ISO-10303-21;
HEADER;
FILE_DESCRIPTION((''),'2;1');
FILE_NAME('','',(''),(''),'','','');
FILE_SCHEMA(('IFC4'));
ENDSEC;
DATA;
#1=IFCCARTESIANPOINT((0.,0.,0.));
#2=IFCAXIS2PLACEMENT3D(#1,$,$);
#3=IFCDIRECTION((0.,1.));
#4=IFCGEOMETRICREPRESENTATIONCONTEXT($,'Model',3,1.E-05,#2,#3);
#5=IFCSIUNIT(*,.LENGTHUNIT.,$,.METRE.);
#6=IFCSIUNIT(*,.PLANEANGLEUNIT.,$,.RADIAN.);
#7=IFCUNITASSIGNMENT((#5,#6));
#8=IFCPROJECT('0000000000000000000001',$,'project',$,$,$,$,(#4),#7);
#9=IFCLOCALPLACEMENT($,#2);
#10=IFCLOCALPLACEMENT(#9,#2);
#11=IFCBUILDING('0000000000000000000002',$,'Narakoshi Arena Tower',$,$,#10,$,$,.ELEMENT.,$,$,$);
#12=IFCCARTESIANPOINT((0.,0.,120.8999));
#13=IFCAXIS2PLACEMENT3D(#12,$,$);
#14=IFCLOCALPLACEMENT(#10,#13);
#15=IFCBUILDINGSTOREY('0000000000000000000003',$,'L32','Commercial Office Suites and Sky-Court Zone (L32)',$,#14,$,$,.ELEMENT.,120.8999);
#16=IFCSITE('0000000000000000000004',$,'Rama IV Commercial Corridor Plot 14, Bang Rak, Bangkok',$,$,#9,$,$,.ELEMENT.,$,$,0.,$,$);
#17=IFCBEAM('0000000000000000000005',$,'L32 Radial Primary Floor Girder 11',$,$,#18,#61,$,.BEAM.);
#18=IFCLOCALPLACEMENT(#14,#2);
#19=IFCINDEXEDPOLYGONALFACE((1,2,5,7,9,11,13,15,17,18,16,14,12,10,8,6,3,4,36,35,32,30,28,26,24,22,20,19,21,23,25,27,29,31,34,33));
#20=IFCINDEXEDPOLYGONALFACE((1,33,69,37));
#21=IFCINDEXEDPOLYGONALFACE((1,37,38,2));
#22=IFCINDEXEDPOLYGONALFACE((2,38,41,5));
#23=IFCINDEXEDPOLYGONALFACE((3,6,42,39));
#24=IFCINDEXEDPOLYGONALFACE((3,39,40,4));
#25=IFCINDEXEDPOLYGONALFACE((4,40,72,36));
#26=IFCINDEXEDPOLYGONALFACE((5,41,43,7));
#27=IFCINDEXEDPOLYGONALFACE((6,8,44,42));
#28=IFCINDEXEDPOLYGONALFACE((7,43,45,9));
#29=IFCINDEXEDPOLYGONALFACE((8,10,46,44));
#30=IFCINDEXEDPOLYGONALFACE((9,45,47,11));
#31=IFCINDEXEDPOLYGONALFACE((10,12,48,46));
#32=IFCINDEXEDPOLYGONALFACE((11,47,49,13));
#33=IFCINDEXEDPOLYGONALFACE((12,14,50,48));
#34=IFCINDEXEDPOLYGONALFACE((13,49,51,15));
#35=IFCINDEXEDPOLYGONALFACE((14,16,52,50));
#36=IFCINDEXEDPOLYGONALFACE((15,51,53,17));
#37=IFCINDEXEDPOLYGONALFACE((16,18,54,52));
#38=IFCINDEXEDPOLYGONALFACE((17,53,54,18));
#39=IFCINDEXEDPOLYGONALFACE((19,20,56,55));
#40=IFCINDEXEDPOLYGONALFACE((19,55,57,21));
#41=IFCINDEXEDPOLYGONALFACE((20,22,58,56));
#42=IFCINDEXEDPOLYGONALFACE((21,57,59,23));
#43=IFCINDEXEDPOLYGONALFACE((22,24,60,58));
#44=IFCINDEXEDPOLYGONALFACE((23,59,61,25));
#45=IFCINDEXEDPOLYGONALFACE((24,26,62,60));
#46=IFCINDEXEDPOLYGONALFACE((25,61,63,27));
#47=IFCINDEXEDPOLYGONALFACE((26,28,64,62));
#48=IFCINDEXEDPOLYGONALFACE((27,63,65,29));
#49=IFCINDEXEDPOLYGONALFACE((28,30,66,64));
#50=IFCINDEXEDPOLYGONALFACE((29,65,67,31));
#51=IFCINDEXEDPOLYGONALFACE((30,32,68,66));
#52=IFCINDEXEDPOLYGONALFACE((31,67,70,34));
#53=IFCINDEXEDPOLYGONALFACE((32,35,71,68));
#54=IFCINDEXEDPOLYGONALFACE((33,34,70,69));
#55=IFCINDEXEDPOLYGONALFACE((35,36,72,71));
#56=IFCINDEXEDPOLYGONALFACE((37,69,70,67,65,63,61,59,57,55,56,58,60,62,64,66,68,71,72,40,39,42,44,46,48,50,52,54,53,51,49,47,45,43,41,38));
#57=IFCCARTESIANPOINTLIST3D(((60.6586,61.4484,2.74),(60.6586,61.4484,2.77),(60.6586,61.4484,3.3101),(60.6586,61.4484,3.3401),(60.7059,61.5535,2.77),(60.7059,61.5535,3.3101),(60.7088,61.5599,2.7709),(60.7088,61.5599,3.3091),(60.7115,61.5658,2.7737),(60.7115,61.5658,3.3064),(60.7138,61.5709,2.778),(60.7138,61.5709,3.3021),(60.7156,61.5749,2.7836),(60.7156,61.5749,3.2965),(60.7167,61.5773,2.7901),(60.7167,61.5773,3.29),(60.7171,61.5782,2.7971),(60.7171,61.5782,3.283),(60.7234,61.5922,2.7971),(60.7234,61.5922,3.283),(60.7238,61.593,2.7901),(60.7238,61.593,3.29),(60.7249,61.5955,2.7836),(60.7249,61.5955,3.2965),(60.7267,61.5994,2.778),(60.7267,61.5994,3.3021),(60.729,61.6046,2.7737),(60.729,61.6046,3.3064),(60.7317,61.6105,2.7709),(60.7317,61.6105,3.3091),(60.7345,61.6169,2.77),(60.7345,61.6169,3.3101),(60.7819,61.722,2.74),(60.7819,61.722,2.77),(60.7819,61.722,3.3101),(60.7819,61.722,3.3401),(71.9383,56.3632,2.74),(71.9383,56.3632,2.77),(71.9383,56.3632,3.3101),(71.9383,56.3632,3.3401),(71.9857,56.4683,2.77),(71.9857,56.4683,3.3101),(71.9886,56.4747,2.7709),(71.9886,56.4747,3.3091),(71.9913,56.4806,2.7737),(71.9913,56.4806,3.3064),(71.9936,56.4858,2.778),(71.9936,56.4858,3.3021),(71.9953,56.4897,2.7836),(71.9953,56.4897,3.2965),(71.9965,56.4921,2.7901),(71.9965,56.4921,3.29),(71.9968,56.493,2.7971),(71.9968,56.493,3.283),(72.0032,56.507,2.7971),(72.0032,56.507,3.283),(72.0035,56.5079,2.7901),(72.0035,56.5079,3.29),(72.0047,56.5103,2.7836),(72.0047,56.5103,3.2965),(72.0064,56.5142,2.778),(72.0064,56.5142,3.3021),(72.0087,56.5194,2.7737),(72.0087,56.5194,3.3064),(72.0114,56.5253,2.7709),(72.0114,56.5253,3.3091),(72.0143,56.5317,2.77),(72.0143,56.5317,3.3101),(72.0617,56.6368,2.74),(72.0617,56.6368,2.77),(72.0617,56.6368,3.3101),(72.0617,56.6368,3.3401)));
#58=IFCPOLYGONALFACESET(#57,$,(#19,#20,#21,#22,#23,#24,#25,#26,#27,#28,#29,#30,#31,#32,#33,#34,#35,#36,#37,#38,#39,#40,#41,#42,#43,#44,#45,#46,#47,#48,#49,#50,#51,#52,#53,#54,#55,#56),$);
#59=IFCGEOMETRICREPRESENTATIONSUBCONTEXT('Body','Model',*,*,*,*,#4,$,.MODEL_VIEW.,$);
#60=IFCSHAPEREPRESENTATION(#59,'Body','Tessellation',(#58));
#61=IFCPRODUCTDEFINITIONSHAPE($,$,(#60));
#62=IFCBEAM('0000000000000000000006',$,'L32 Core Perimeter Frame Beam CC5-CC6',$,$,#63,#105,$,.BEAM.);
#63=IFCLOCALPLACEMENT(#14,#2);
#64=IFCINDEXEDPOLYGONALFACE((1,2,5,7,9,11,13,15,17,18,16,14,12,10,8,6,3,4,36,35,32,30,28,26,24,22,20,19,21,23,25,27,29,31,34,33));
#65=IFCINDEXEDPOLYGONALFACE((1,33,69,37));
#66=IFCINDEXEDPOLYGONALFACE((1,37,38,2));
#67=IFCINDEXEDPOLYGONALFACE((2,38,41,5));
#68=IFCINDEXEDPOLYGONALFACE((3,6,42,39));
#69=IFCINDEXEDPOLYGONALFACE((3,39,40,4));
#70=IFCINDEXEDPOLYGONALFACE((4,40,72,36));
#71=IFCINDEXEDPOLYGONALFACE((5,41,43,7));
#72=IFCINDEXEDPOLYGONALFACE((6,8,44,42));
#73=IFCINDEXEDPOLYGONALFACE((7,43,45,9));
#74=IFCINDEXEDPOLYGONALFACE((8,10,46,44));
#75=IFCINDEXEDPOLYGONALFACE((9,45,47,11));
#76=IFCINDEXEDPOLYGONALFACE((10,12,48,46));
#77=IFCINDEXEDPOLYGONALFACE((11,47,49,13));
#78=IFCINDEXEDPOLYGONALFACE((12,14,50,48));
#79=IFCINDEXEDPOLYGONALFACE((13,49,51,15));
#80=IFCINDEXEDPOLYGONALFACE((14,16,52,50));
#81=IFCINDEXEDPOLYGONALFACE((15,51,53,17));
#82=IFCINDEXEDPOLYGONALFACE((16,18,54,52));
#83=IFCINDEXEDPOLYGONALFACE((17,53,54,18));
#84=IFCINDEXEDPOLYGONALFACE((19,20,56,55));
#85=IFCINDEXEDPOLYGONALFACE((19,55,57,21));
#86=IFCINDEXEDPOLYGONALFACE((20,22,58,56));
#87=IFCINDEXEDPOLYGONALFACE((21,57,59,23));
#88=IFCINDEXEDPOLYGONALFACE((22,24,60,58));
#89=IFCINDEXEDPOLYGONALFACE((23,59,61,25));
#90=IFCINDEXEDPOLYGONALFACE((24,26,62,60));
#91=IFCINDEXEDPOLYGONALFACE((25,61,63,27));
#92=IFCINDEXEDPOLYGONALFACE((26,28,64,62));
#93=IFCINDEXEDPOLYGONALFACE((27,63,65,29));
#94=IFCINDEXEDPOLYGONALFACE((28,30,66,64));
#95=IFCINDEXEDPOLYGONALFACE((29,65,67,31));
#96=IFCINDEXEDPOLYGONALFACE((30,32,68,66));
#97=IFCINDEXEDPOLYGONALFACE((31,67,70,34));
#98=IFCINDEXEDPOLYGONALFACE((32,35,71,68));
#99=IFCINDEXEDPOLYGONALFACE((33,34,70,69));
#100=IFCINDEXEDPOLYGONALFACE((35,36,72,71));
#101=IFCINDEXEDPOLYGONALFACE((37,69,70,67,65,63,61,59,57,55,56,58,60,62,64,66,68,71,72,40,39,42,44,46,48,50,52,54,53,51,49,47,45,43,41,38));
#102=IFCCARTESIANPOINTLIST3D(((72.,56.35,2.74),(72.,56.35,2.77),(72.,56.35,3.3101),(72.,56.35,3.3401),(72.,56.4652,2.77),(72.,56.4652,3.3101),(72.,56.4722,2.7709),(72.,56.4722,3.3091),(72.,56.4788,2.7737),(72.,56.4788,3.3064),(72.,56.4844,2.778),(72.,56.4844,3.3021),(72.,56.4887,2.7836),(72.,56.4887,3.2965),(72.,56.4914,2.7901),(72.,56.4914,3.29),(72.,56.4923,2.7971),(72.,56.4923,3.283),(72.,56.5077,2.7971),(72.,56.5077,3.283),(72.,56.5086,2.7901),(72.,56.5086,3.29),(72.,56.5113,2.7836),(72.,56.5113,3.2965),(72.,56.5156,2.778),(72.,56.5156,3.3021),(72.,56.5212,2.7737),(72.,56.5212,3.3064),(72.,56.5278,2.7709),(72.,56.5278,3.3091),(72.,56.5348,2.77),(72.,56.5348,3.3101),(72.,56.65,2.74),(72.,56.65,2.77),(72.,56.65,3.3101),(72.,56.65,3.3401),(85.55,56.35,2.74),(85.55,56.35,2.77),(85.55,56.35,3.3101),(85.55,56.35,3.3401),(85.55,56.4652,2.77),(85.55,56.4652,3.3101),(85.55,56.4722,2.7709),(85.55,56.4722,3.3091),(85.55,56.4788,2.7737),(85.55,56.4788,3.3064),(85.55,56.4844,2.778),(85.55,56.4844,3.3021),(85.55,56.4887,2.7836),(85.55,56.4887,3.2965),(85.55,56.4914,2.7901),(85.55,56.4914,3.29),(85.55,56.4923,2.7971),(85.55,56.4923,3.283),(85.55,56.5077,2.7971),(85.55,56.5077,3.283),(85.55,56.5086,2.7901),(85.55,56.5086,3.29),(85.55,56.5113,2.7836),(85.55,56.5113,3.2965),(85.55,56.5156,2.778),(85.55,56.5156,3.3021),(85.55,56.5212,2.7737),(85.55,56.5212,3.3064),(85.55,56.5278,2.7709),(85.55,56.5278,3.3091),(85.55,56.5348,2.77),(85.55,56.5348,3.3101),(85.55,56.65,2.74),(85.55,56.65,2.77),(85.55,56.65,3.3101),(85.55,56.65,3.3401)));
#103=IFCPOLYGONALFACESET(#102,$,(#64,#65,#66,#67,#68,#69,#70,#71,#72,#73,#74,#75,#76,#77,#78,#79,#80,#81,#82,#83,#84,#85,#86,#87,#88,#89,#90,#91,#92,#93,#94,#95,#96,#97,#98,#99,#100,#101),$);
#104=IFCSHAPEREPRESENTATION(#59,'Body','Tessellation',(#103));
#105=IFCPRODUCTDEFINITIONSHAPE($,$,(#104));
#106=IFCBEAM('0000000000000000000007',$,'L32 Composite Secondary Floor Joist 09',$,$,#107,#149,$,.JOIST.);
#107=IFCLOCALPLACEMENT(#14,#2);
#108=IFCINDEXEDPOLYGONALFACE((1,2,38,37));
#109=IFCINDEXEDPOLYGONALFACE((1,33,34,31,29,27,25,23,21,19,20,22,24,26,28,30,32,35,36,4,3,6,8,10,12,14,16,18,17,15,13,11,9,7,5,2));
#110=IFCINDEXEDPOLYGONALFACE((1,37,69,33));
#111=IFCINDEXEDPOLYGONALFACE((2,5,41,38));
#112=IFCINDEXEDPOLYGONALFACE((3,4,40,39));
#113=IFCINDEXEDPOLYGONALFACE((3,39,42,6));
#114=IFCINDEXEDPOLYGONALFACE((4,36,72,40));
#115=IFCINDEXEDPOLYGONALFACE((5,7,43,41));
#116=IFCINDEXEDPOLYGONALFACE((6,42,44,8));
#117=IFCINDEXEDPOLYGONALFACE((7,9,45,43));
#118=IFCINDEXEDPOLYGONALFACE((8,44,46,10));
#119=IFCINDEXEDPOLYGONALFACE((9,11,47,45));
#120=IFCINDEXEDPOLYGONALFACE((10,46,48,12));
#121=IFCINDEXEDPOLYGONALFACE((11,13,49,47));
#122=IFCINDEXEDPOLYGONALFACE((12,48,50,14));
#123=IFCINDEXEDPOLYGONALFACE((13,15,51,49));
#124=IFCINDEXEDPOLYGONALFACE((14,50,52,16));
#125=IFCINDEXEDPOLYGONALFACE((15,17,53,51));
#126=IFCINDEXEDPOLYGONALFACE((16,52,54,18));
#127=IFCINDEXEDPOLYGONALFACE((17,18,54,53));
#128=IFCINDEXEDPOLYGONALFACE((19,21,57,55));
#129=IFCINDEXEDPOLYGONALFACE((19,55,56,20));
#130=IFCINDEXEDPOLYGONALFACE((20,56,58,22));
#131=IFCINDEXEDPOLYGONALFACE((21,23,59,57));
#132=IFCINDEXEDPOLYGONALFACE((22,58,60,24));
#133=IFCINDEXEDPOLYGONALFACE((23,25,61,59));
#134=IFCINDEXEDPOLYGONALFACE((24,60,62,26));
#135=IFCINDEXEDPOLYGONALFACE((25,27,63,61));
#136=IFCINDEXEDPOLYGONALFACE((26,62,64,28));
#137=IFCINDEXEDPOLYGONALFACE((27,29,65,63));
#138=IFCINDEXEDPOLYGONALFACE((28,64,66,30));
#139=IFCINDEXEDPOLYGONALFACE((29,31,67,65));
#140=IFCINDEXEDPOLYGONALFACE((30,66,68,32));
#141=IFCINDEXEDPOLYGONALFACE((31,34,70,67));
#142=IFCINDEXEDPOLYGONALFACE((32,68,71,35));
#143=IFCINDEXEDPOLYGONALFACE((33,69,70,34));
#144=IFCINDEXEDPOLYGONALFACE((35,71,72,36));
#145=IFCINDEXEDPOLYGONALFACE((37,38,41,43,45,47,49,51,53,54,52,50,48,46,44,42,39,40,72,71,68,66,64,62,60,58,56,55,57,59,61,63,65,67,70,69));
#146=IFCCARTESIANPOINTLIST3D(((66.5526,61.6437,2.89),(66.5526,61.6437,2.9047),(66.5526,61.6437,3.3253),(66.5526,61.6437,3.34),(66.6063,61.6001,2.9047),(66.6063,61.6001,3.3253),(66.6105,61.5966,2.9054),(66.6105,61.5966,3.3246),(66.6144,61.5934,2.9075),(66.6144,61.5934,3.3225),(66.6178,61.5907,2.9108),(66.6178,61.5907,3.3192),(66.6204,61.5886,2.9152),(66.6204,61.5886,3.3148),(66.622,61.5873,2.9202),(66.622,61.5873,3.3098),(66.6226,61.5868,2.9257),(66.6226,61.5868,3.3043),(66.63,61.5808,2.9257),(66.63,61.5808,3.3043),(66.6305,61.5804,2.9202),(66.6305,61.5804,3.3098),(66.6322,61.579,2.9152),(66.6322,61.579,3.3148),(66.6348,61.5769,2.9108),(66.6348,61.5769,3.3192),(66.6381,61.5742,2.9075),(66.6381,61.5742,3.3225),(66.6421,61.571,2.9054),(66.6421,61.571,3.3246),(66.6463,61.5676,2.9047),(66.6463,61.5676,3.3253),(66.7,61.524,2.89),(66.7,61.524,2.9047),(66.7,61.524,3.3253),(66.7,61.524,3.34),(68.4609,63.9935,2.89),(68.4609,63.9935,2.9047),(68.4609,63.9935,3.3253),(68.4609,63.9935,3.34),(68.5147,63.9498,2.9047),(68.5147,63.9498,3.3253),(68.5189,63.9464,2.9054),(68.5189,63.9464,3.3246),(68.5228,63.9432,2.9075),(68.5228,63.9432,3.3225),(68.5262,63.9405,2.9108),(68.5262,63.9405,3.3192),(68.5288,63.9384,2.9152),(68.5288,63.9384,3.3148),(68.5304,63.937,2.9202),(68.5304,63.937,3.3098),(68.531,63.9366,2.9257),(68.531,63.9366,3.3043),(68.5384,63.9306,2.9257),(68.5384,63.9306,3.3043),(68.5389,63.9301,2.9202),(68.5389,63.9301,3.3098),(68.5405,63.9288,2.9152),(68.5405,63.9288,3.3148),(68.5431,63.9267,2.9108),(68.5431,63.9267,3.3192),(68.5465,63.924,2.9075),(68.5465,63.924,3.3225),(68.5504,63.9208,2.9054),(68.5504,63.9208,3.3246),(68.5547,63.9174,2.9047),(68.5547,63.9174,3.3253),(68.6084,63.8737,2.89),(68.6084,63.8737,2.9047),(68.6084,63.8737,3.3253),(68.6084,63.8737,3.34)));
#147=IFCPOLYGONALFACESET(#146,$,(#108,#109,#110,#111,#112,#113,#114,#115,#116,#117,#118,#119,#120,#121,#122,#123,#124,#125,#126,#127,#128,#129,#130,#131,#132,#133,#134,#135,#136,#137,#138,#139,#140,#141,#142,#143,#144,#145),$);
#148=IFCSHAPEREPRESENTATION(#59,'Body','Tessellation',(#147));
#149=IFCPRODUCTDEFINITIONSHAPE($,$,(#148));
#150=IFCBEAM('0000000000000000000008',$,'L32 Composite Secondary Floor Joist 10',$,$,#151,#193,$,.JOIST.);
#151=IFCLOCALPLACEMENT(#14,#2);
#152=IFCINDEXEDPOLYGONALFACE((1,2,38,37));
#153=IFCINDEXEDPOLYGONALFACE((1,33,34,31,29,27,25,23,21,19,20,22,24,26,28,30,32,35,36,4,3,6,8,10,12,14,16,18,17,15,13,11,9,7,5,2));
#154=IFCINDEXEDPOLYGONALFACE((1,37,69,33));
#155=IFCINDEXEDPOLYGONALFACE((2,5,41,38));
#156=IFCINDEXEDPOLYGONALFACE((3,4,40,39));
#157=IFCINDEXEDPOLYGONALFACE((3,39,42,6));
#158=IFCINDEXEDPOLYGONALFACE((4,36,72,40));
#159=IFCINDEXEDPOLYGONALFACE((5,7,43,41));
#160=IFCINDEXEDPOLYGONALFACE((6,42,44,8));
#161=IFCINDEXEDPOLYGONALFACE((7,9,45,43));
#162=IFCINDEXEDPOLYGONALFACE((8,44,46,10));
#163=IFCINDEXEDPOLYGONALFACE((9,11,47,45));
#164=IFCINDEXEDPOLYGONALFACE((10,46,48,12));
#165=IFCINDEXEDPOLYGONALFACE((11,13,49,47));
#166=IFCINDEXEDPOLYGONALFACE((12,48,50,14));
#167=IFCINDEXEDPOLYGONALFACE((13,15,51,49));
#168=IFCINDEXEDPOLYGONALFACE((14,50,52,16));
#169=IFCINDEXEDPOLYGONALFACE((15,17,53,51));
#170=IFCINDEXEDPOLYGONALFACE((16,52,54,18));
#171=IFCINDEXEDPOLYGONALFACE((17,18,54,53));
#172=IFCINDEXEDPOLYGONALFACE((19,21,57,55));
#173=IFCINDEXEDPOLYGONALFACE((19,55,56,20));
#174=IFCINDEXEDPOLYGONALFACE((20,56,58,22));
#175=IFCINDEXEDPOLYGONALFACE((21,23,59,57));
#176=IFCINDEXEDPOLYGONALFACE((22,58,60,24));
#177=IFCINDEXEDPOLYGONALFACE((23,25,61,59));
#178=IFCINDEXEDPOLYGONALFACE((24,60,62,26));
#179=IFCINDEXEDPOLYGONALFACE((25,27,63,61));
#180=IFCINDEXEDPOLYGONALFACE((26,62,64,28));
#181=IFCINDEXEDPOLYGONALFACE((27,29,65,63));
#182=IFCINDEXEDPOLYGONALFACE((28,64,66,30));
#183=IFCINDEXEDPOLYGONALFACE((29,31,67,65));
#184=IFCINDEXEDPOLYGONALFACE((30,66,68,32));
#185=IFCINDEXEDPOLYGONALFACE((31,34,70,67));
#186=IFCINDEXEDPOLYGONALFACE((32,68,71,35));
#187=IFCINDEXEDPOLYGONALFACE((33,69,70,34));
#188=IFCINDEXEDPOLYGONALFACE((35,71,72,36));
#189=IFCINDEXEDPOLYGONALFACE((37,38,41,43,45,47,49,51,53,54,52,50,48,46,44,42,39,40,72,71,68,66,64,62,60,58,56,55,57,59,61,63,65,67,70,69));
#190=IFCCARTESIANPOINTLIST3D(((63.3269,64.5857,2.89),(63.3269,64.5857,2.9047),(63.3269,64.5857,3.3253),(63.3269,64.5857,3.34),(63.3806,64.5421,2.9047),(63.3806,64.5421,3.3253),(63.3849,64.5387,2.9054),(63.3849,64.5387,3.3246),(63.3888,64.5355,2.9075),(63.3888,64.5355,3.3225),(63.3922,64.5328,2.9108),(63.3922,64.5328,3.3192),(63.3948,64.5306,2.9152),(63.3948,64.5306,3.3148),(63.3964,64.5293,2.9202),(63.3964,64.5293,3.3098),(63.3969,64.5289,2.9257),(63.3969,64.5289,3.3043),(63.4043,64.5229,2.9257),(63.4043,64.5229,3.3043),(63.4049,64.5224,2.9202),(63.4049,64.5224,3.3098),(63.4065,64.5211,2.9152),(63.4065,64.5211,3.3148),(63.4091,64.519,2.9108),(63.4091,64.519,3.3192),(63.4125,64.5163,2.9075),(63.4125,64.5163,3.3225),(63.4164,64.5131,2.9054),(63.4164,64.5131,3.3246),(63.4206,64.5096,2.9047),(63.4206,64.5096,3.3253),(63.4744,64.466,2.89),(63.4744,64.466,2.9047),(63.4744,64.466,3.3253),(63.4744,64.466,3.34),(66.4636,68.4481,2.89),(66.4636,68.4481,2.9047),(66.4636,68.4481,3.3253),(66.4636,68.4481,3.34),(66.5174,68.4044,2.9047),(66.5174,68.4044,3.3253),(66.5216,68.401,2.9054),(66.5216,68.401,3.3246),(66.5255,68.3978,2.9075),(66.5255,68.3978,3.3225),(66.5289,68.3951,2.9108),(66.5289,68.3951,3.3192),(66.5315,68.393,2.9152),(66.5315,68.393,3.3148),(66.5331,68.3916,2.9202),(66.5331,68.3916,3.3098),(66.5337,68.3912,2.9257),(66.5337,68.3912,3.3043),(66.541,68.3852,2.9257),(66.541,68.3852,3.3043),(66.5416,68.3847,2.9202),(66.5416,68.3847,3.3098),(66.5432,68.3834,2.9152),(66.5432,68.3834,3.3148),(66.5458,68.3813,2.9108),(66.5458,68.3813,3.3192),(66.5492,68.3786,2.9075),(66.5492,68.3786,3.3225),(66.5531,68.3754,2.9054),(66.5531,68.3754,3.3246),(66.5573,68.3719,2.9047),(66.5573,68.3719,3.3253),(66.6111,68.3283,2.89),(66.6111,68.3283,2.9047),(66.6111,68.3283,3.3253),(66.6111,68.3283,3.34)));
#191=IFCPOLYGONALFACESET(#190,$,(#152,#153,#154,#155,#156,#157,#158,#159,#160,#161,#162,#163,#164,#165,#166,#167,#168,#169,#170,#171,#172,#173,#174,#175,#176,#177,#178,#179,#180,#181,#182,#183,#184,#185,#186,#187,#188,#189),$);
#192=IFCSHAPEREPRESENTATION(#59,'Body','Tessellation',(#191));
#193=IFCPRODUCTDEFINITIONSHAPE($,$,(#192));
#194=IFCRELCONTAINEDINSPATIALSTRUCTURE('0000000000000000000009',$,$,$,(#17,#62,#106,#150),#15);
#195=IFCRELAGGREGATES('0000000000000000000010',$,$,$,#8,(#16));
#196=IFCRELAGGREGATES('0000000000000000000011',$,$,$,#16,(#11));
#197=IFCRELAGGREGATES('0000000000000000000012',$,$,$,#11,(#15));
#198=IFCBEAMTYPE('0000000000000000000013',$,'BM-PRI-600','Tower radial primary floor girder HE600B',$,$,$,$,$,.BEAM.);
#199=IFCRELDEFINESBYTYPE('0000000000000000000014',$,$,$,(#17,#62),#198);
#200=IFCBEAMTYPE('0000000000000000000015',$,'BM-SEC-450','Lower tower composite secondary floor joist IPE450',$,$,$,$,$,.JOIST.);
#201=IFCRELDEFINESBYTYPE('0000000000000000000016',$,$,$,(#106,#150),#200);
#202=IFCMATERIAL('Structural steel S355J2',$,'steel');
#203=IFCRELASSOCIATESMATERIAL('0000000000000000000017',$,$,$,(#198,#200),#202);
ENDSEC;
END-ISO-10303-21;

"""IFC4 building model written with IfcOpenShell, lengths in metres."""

from ifc_helpers import new_model, si_unit, direction, frame, origin, origin_2d, place, context, subcontext, project, spatial, i_section, extrude, material, material_profile, profile_set, type_object, element, save


model = new_model("IFC4")

# Units and contexts
model_context = context("Model", 3, precision=1e-05, world=origin(), true_north=direction((0.0, 1.0)))
body_context = subcontext(model_context, "Body", "Model", "MODEL_VIEW")
ifc_project = project(units=[si_unit("LENGTHUNIT", "METRE"), si_unit("PLANEANGLEUNIT", "RADIAN")], contexts=[model_context])

# Site, building, storey
site_placement = place(None, origin())
site = spatial("IfcSite", under=ifc_project, at=site_placement, Name="Rama IV Commercial Corridor Plot 14, Bang Rak, Bangkok", CompositionType="ELEMENT", RefElevation=0.0)
building_placement = place(site_placement, origin())
building = spatial("IfcBuilding", under=site, at=building_placement, Name="Narakoshi Arena Tower", CompositionType="ELEMENT")
storey_placement = place(building_placement, frame((0.0, 0.0, 120.8999)))
storey = spatial("IfcBuildingStorey", under=building, at=storey_placement, Name="L32", Description="Commercial Office Suites and Sky-Court Zone (L32)", CompositionType="ELEMENT", Elevation=120.8999)

# Beams
ifc_material_1 = material(Name="Structural steel S355J2", Category="steel")
ifc_material_profile_1 = material_profile(ifc_material_1, i_section(OverallWidth=0.3, OverallDepth=0.6001, WebThickness=0.0154, FlangeThickness=0.03, FilletRadius=0.0271, at=origin_2d()), Name="HE600B")
ifc_profile_set_1 = profile_set([ifc_material_profile_1], Name="Structural steel S355J2")
beam_type_1 = type_object("IfcBeamType", Name="BM-PRI-600", Description="Tower radial primary floor girder HE600B", PredefinedType="BEAM", material=ifc_profile_set_1)
beam_1_placement = place(storey_placement, frame((72.0, 56.5, 3.04), z_axis=(-0.91164, 0.41099, 0.0), x_axis=(-0.41099, -0.91164, 0.0)))
element("IfcBeam", 1, at=beam_1_placement, inside=storey, type_object=beam_type_1, Name="L32 Radial Primary Floor Girder 11", PredefinedType="BEAM", context=body_context, shape_type="SweptSolid", body=[
    extrude(i_section(OverallWidth=0.3, OverallDepth=0.6001, WebThickness=0.0154, FlangeThickness=0.03, FilletRadius=0.0271, at=origin_2d()), origin(), (0.0, 0.0, 1.0), 12.373),
])
beam_2_placement = place(storey_placement, frame((72.0, 56.5, 3.04), z_axis=(1.0, 0.0, 0.0), x_axis=(0.0, 1.0, 0.0)))
element("IfcBeam", 2, at=beam_2_placement, inside=storey, type_object=beam_type_1, Name="L32 Core Perimeter Frame Beam CC5-CC6", PredefinedType="BEAM", context=body_context, shape_type="SweptSolid", body=[
    extrude(i_section(OverallWidth=0.3, OverallDepth=0.6001, WebThickness=0.0154, FlangeThickness=0.03, FilletRadius=0.0271, at=origin_2d()), origin(), (0.0, 0.0, 1.0), 13.55),
])
ifc_material_profile_2 = material_profile(ifc_material_1, i_section(OverallWidth=0.1899, OverallDepth=0.45, WebThickness=0.0095, FlangeThickness=0.0146, FilletRadius=0.021, at=origin_2d()), Name="IPE450")
ifc_profile_set_2 = profile_set([ifc_material_profile_2], Name="Structural steel S355J2")
beam_type_2 = type_object("IfcBeamType", Name="BM-SEC-450", Description="Lower tower composite secondary floor joist IPE450", PredefinedType="JOIST", material=ifc_profile_set_2)
beam_3_placement = place(storey_placement, frame((68.5347, 63.9336, 3.115), z_axis=(-0.630432, -0.776245, 0.0), x_axis=(0.776245, -0.630432, 0.0)))
element("IfcBeam", 3, at=beam_3_placement, inside=storey, type_object=beam_type_2, Name="L32 Composite Secondary Floor Joist 09", PredefinedType="JOIST", context=body_context, shape_type="SweptSolid", body=[
    extrude(i_section(OverallWidth=0.1899, OverallDepth=0.45, WebThickness=0.0095, FlangeThickness=0.0146, FilletRadius=0.021, at=origin_2d()), origin(), (0.0, 0.0, 1.0), 3.0271),
])
beam_4_placement = place(storey_placement, frame((66.5374, 68.3882, 3.115), z_axis=(-0.630423, -0.776252, 0.0), x_axis=(0.776252, -0.630423, 0.0)))
element("IfcBeam", 4, at=beam_4_placement, inside=storey, type_object=beam_type_2, Name="L32 Composite Secondary Floor Joist 10", PredefinedType="JOIST", context=body_context, shape_type="SweptSolid", body=[
    extrude(i_section(OverallWidth=0.1899, OverallDepth=0.45, WebThickness=0.0095, FlangeThickness=0.0146, FilletRadius=0.021, at=origin_2d()), origin(), (0.0, 0.0, 1.0), 4.9756),
])

save(model, "model.ifc")
